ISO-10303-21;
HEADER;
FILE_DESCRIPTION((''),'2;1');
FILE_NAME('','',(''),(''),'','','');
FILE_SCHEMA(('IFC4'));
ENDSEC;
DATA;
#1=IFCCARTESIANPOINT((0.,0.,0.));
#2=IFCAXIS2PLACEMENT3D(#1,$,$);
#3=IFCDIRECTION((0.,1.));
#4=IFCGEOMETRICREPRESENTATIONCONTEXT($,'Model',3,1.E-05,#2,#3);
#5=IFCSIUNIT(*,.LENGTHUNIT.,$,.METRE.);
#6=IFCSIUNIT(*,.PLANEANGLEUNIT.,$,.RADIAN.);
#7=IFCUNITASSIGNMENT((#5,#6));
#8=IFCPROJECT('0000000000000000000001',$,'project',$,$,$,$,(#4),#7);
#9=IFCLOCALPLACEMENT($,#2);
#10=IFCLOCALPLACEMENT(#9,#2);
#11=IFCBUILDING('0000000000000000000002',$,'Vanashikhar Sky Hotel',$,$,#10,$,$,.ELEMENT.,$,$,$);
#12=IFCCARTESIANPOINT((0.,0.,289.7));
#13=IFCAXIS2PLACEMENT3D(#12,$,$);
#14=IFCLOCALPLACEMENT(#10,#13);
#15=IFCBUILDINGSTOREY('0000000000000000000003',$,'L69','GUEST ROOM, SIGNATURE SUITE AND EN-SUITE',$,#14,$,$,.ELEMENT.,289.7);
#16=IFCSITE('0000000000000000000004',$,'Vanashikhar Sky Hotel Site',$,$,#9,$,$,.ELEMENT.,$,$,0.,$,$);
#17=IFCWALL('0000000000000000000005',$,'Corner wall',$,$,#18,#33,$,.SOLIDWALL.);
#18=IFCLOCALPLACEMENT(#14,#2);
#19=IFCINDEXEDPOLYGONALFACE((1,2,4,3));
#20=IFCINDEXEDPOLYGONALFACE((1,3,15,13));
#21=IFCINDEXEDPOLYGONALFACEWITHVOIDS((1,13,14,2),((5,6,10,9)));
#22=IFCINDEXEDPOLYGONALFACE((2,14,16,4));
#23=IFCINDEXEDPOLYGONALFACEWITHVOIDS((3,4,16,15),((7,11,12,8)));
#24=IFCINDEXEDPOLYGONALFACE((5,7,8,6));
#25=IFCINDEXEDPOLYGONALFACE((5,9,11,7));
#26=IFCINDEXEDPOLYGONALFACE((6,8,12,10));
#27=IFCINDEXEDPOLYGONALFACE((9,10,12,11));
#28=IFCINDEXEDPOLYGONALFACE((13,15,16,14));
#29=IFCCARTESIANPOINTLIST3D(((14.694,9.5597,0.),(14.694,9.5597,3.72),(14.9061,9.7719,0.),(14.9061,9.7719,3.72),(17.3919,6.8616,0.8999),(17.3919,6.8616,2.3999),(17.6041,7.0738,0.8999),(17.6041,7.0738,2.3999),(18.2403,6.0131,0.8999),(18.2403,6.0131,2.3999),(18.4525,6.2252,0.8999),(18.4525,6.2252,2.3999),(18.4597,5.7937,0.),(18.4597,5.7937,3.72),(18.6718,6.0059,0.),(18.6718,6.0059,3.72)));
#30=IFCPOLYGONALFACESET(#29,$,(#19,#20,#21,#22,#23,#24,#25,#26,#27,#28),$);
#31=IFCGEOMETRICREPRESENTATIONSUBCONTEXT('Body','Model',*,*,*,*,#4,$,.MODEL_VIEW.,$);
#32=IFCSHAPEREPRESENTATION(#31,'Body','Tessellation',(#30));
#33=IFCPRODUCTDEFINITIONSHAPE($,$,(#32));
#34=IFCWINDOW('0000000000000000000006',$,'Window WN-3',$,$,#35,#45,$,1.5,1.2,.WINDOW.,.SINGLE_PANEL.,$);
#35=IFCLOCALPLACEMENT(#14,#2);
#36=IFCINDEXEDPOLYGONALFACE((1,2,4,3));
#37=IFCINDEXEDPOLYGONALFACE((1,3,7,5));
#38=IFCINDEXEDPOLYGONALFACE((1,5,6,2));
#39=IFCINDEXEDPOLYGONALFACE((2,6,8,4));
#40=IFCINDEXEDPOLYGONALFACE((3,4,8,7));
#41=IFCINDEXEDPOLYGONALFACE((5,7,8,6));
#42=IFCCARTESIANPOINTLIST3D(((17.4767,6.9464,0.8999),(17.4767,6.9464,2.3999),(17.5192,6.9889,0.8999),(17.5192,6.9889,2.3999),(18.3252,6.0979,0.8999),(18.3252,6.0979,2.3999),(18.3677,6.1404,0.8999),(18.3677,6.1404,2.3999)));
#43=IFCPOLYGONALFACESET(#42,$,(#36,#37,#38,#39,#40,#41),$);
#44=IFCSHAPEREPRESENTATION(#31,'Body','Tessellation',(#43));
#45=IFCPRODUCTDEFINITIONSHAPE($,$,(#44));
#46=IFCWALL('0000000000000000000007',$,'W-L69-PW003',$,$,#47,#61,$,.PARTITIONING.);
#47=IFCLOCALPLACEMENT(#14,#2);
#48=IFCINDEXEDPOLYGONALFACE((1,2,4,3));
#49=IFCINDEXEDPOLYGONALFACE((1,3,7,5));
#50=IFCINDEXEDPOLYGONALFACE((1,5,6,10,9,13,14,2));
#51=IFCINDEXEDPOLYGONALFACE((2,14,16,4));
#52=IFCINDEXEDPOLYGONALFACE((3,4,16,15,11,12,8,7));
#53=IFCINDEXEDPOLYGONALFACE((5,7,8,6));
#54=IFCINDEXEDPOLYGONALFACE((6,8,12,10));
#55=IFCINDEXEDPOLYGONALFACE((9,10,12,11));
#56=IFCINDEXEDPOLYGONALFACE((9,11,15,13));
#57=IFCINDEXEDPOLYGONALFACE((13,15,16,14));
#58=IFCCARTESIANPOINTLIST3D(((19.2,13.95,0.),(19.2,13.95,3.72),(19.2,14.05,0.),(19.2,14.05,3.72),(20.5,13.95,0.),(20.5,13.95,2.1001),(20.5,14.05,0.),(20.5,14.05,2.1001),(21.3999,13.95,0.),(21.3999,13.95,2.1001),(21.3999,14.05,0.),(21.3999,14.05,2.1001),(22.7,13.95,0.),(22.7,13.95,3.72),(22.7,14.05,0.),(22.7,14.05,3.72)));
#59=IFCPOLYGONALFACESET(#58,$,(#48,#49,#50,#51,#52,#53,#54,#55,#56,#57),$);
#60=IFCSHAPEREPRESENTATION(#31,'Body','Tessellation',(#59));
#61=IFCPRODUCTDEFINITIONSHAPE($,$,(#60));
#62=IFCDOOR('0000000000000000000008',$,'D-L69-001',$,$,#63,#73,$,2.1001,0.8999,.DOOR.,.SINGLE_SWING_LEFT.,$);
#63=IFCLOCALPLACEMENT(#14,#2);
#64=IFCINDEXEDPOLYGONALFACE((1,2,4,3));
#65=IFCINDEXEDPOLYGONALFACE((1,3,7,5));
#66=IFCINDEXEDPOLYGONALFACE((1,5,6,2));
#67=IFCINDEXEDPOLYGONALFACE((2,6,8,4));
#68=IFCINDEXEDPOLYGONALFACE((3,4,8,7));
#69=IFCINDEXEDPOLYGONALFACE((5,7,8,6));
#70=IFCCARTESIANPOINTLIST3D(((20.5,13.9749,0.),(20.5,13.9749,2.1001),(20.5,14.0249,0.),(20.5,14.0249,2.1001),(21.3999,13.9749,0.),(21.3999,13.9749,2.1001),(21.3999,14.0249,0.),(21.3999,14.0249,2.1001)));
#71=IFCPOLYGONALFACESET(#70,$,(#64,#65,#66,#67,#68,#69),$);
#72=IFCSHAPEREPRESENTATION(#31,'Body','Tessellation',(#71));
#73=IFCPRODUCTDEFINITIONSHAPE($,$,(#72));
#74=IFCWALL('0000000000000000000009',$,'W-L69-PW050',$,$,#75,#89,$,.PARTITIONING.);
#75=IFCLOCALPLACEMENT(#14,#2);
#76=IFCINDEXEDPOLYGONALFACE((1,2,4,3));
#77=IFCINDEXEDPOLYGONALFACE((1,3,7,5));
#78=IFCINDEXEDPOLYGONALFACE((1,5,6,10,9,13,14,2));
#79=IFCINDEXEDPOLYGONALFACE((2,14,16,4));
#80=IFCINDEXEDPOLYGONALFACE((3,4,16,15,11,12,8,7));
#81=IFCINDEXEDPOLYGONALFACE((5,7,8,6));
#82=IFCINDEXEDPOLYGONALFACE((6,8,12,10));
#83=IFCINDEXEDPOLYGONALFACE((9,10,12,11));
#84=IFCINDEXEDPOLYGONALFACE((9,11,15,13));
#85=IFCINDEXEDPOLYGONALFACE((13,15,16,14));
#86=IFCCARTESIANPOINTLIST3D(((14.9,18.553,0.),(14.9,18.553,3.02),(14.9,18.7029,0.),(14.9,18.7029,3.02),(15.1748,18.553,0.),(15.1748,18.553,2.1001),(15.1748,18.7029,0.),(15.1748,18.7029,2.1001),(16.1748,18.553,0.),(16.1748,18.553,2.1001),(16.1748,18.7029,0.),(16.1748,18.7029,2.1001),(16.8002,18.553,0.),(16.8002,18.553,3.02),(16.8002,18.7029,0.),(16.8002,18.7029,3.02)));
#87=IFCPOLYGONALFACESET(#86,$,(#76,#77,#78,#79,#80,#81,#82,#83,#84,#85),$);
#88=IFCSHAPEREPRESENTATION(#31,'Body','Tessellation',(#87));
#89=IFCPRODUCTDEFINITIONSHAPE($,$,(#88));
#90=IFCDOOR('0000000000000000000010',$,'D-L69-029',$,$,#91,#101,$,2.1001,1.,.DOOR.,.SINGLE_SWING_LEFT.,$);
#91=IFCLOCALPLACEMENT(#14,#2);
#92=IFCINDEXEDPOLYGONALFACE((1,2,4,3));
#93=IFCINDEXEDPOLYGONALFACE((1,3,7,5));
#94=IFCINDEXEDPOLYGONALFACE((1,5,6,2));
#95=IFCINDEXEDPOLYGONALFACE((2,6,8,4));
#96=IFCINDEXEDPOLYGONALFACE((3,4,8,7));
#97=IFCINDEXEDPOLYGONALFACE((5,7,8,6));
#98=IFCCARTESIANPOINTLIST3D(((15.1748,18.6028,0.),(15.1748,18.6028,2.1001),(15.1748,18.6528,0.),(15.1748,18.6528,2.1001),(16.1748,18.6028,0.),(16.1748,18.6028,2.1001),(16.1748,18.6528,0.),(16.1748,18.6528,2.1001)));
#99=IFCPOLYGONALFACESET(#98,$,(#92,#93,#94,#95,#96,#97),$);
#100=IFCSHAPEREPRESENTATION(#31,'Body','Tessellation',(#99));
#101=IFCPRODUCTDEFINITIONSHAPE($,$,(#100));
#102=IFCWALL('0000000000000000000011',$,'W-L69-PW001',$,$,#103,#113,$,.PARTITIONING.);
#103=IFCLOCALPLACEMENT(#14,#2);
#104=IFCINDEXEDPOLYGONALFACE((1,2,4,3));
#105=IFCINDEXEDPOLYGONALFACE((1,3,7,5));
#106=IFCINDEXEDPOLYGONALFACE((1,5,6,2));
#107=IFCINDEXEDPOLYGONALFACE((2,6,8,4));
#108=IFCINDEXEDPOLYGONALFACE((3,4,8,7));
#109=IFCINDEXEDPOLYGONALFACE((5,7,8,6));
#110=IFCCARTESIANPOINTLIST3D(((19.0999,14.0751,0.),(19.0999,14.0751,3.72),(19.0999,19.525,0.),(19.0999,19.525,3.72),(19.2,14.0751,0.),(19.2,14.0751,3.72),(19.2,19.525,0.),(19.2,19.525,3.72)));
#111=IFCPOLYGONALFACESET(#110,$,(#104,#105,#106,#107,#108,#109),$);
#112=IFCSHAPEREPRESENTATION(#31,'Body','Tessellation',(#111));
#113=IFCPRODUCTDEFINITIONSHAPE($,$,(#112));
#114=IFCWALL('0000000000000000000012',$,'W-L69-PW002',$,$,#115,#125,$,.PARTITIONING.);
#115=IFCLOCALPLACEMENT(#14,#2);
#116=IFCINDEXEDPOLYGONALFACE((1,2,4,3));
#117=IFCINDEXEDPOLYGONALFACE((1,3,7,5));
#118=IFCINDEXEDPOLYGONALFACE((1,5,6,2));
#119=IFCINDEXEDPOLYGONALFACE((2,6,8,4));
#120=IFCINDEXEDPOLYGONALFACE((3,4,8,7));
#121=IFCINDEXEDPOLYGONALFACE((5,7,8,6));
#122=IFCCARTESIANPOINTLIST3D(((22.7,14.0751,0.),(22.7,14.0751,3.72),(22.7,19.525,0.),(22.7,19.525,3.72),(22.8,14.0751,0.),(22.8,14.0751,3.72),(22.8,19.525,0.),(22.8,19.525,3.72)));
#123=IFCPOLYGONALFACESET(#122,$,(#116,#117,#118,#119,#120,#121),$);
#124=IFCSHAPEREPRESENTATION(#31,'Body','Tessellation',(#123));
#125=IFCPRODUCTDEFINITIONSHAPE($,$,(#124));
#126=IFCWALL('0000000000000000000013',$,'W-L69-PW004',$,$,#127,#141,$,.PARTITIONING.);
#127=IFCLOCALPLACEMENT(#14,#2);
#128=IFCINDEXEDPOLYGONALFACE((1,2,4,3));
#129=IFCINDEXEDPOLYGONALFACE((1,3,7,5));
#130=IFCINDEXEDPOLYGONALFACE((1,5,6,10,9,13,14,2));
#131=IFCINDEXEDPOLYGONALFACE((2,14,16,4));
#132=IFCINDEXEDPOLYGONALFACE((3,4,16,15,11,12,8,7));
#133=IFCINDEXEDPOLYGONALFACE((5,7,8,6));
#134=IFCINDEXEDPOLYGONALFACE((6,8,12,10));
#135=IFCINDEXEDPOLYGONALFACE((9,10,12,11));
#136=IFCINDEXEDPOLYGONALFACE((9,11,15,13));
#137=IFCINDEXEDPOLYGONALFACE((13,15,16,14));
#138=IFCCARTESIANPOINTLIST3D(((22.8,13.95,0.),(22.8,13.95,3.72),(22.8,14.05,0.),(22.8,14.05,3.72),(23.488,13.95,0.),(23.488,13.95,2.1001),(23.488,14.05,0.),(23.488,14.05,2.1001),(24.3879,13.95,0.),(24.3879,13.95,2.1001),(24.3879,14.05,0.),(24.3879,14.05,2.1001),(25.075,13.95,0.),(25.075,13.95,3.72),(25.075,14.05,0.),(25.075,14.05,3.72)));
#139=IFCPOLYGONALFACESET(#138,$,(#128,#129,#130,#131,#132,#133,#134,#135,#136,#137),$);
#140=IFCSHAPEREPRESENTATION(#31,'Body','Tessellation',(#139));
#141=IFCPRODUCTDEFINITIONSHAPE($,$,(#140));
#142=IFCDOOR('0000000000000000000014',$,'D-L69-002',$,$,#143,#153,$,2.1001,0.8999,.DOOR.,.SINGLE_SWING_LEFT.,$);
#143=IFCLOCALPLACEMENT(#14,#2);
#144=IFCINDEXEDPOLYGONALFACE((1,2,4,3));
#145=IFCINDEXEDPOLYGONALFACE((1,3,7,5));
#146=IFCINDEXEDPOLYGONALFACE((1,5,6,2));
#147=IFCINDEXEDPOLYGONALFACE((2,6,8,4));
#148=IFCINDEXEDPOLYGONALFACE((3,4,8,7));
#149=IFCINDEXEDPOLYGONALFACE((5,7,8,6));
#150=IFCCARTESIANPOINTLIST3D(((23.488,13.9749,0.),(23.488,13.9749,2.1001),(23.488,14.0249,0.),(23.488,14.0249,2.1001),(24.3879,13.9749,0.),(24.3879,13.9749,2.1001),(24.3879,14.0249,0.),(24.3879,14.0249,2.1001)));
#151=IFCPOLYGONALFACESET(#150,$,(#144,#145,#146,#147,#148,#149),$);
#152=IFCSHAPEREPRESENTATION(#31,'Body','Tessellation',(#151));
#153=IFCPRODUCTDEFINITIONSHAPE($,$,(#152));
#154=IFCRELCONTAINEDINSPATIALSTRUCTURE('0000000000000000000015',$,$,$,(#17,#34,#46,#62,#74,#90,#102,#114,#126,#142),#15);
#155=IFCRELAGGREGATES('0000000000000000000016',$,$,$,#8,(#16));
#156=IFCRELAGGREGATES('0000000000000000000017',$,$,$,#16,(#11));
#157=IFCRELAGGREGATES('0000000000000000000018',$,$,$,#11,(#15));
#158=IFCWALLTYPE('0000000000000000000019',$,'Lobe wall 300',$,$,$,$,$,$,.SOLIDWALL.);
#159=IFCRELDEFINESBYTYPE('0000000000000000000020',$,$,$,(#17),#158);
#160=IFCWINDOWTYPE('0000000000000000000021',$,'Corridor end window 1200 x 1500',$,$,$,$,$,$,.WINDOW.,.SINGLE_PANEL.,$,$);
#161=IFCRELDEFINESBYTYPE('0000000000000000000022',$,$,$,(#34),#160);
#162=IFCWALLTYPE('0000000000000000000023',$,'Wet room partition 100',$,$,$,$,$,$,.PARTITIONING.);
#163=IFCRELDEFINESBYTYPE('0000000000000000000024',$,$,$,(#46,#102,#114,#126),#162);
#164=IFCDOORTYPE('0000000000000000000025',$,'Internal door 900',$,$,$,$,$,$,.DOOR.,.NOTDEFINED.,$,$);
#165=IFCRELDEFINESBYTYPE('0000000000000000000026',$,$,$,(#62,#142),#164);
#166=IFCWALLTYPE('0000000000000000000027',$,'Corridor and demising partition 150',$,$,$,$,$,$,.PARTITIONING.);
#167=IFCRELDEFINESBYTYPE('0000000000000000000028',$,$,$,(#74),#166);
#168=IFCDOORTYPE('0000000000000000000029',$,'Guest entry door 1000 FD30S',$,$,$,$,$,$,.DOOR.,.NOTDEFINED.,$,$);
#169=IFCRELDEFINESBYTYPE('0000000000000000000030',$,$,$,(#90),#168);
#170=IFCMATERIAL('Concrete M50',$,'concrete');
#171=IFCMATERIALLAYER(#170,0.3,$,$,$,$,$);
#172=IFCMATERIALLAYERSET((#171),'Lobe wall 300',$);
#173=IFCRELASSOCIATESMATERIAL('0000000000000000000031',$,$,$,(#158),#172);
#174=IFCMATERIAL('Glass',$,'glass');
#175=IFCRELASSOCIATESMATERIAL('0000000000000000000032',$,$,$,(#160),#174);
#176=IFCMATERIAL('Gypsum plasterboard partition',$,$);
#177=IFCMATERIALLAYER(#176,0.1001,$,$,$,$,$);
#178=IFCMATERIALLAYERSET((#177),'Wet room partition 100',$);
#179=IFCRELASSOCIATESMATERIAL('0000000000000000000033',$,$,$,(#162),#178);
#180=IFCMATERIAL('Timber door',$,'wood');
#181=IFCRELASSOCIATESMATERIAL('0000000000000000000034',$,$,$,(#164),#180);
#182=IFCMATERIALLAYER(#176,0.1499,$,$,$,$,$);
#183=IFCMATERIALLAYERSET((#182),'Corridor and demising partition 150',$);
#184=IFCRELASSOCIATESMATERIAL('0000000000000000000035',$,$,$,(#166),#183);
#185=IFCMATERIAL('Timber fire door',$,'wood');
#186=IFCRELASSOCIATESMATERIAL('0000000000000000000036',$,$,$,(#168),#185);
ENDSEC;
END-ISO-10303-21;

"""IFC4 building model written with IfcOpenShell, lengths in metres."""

from ifc_helpers import new_model, si_unit, direction, frame, frame_2d, origin, place, context, subcontext, project, spatial, rectangle, extrude, source, transform, mapped, material, layer, layer_set, type_object, element, fill, save


model = new_model("IFC4")

# Units and contexts
model_context = context("Model", 3, precision=1e-05, world=origin(), true_north=direction((0.0, 1.0)))
body_context = subcontext(model_context, "Body", "Model", "MODEL_VIEW")
ifc_project = project(units=[si_unit("LENGTHUNIT", "METRE"), si_unit("PLANEANGLEUNIT", "RADIAN")], contexts=[model_context])

# Site, building, storey
site_placement = place(None, origin())
site = spatial("IfcSite", under=ifc_project, at=site_placement, Name="Vanashikhar Sky Hotel Site", CompositionType="ELEMENT", RefElevation=0.0)
building_placement = place(site_placement, origin())
building = spatial("IfcBuilding", under=site, at=building_placement, Name="Vanashikhar Sky Hotel", CompositionType="ELEMENT")
storey_placement = place(building_placement, frame((0.0, 0.0, 289.7)))
storey = spatial("IfcBuildingStorey", under=building, at=storey_placement, Name="L69", Description="GUEST ROOM, SIGNATURE SUITE AND EN-SUITE", CompositionType="ELEMENT", Elevation=289.7)

# Shared definitions
ifc_material_1 = material(Name="Concrete M50", Category="concrete")

# Shared definitions
ifc_material_2 = material(Name="Glass", Category="glass")

# Wall, opening, window
ifc_layer_1 = layer(ifc_material_1, 0.3)
ifc_layer_set_1 = layer_set([ifc_layer_1], Name="Lobe wall 300")
wall_type_1 = type_object("IfcWallType", Name="Lobe wall 300", PredefinedType="SOLIDWALL", material=ifc_layer_set_1)
shared_shape_1 = source(origin(), body_context, "Body", "SweptSolid", [
    extrude(rectangle(XDim=5.3257, YDim=0.3, at=frame_2d((2.6628, 0.0))), origin(), (0.0, 0.0, 1.0), 3.72),
])
wall_1_placement = place(storey_placement, frame((14.8, 9.6658, 0.0), z_axis=(0.0, 0.0, 1.0), x_axis=(0.707084, -0.70713, 0.0)))
wall_1 = element("IfcWall", 1, at=wall_1_placement, inside=storey, type_object=wall_type_1, Name="Corner wall", PredefinedType="SOLIDWALL", context=body_context, shape_type="MappedRepresentation", body=[
    mapped(shared_shape_1, transform((0.0, 0.0, 0.0), scale=1.0)),
])
shared_shape_2 = source(origin(), body_context, "Body", "SweptSolid", [
    extrude(rectangle(XDim=1.2, YDim=1.5, at=frame_2d((0.6001, 0.75))), frame((0.0, 0.1602, 0.0), z_axis=(0.0, -1.0, 0.0), x_axis=(1.0, 0.0, 0.0)), (0.0, 0.0, 1.0), 0.3201),
])
opening_1_placement = place(wall_1_placement, frame((3.8154, 0.0, 0.8999)))
opening_1 = element("IfcOpeningElement", 2, at=opening_1_placement, cuts=wall_1, PredefinedType="OPENING", context=body_context, shape_type="MappedRepresentation", body=[
    mapped(shared_shape_2, transform((0.0, 0.0, 0.0), scale=1.0)),
])
window_type_1 = type_object("IfcWindowType", Name="Corridor end window 1200 x 1500", PartitioningType="SINGLE_PANEL", PredefinedType="WINDOW", material=ifc_material_2)
shared_shape_3 = source(origin(), body_context, "Body", "SweptSolid", [
    extrude(rectangle(XDim=1.2, YDim=1.5, at=frame_2d((0.6001, 0.75))), frame((0.0, 0.03, 0.0), z_axis=(0.0, -1.0, 0.0), x_axis=(1.0, 0.0, 0.0)), (0.0, 0.0, 1.0), 0.0601),
])
window_1_placement = place(opening_1_placement, origin())
window_1 = element("IfcWindow", 3, at=window_1_placement, inside=storey, type_object=window_type_1, Name="Window WN-3", OverallHeight=1.5, OverallWidth=1.2, PartitioningType="SINGLE_PANEL", PredefinedType="WINDOW", context=body_context, shape_type="MappedRepresentation", body=[
    mapped(shared_shape_3, transform((0.0, 0.0, 0.0), scale=1.0)),
])
fill(opening_1, window_1)

# Walls, openings, doors
ifc_material_3 = material(Name="Gypsum plasterboard partition")
ifc_layer_2 = layer(ifc_material_3, 0.1001)
ifc_layer_set_2 = layer_set([ifc_layer_2], Name="Wet room partition 100")
wall_type_2 = type_object("IfcWallType", Name="Wet room partition 100", PredefinedType="PARTITIONING", material=ifc_layer_set_2)
shared_shape_4 = source(origin(), body_context, "Body", "SweptSolid", [
    extrude(rectangle(XDim=3.5, YDim=0.1001, at=frame_2d((1.75, 0.0))), origin(), (0.0, 0.0, 1.0), 3.72),
])
wall_2_placement = place(storey_placement, frame((19.2, 14.0, 0.0), z_axis=(0.0, 0.0, 1.0), x_axis=(1.0, 0.0, 0.0)))
wall_2 = element("IfcWall", 4, at=wall_2_placement, inside=storey, type_object=wall_type_2, Name="W-L69-PW003", PredefinedType="PARTITIONING", context=body_context, shape_type="MappedRepresentation", body=[
    mapped(shared_shape_4, transform((0.0, 0.0, 0.0), scale=1.0)),
])
shared_shape_5 = source(origin(), body_context, "Body", "SweptSolid", [
    extrude(rectangle(XDim=0.8999, YDim=2.1001, at=frame_2d((0.45, 1.05))), frame((0.0, 0.0601, 0.0), z_axis=(0.0, -1.0, 0.0), x_axis=(1.0, 0.0, 0.0)), (0.0, 0.0, 1.0), 0.1201),
])
opening_2_placement = place(wall_2_placement, frame((1.3, 0.0, 0.0)))
opening_2 = element("IfcOpeningElement", 5, at=opening_2_placement, cuts=wall_2, PredefinedType="OPENING", context=body_context, shape_type="MappedRepresentation", body=[
    mapped(shared_shape_5, transform((0.0, 0.0, 0.0), scale=1.0)),
])
ifc_material_4 = material(Name="Timber door", Category="wood")
door_type_1 = type_object("IfcDoorType", Name="Internal door 900", OperationType="NOTDEFINED", PredefinedType="DOOR", material=ifc_material_4)
shared_shape_6 = source(origin(), body_context, "Body", "SweptSolid", [
    extrude(rectangle(XDim=0.8999, YDim=2.1001, at=frame_2d((0.45, 1.05))), frame((0.0, 0.0249, 0.0), z_axis=(0.0, -1.0, 0.0), x_axis=(1.0, 0.0, 0.0)), (0.0, 0.0, 1.0), 0.05),
])
door_1_placement = place(opening_2_placement, origin())
door_1 = element("IfcDoor", 6, at=door_1_placement, inside=storey, type_object=door_type_1, Name="D-L69-001", OperationType="SINGLE_SWING_LEFT", OverallHeight=2.1001, OverallWidth=0.8999, PredefinedType="DOOR", context=body_context, shape_type="MappedRepresentation", body=[
    mapped(shared_shape_6, transform((0.0, 0.0, 0.0), scale=1.0)),
])
fill(opening_2, door_1)
ifc_layer_3 = layer(ifc_material_3, 0.1499)
ifc_layer_set_3 = layer_set([ifc_layer_3], Name="Corridor and demising partition 150")
wall_type_3 = type_object("IfcWallType", Name="Corridor and demising partition 150", PredefinedType="PARTITIONING", material=ifc_layer_set_3)
shared_shape_7 = source(origin(), body_context, "Body", "SweptSolid", [
    extrude(rectangle(XDim=1.9001, YDim=0.1499, at=frame_2d((0.9502, 0.0))), origin(), (0.0, 0.0, 1.0), 3.02),
])
wall_3_placement = place(storey_placement, frame((14.8999, 18.6279, 0.0), z_axis=(0.0, 0.0, 1.0), x_axis=(1.0, 0.0, 0.0)))
wall_3 = element("IfcWall", 7, at=wall_3_placement, inside=storey, type_object=wall_type_3, Name="W-L69-PW050", PredefinedType="PARTITIONING", context=body_context, shape_type="MappedRepresentation", body=[
    mapped(shared_shape_7, transform((0.0, 0.0, 0.0), scale=1.0)),
])
shared_shape_8 = source(origin(), body_context, "Body", "SweptSolid", [
    extrude(rectangle(XDim=1.0, YDim=2.1001, at=frame_2d((0.5, 1.05))), frame((0.0, 0.085, 0.0), z_axis=(0.0, -1.0, 0.0), x_axis=(1.0, 0.0, 0.0)), (0.0, 0.0, 1.0), 0.1699),
])
opening_3_placement = place(wall_3_placement, frame((0.2749, 0.0, 0.0)))
opening_3 = element("IfcOpeningElement", 8, at=opening_3_placement, cuts=wall_3, PredefinedType="OPENING", context=body_context, shape_type="MappedRepresentation", body=[
    mapped(shared_shape_8, transform((0.0, 0.0, 0.0), scale=1.0)),
])
ifc_material_5 = material(Name="Timber fire door", Category="wood")
door_type_2 = type_object("IfcDoorType", Name="Guest entry door 1000 FD30S", OperationType="NOTDEFINED", PredefinedType="DOOR", material=ifc_material_5)
shared_shape_9 = source(origin(), body_context, "Body", "SweptSolid", [
    extrude(rectangle(XDim=1.0, YDim=2.1001, at=frame_2d((0.5, 1.05))), frame((0.0, 0.0249, 0.0), z_axis=(0.0, -1.0, 0.0), x_axis=(1.0, 0.0, 0.0)), (0.0, 0.0, 1.0), 0.05),
])
door_2_placement = place(opening_3_placement, origin())
door_2 = element("IfcDoor", 9, at=door_2_placement, inside=storey, type_object=door_type_2, Name="D-L69-029", OperationType="SINGLE_SWING_LEFT", OverallHeight=2.1001, OverallWidth=1.0, PredefinedType="DOOR", context=body_context, shape_type="MappedRepresentation", body=[
    mapped(shared_shape_9, transform((0.0, 0.0, 0.0), scale=1.0)),
])
fill(opening_3, door_2)

# Walls
shared_shape_10 = source(origin(), body_context, "Body", "SweptSolid", [
    extrude(rectangle(XDim=5.45, YDim=0.1001, at=frame_2d((2.7251, 0.0))), origin(), (0.0, 0.0, 1.0), 3.72),
])
for number, where, z_axis, x_axis, name in (
    (10, (19.1499, 14.075, 0.0), (0.0, 0.0, 1.0), (0.0, 1.0, 0.0), "W-L69-PW001"),
    (11, (22.75, 14.075, 0.0), (0.0, 0.0, 1.0), (0.0, 1.0, 0.0), "W-L69-PW002"),
):
    element("IfcWall", number, at=place(storey_placement, frame(where, z_axis=z_axis, x_axis=x_axis)), inside=storey, type_object=wall_type_2, Name=name, PredefinedType="PARTITIONING", context=body_context, shape_type="MappedRepresentation", body=[
        mapped(shared_shape_10, transform((0.0, 0.0, 0.0), scale=1.0)),
    ])

# Wall, opening, door
shared_shape_11 = source(origin(), body_context, "Body", "SweptSolid", [
    extrude(rectangle(XDim=2.2749, YDim=0.1001, at=frame_2d((1.1375, 0.0))), origin(), (0.0, 0.0, 1.0), 3.72),
])
wall_4_placement = place(storey_placement, frame((22.8, 14.0, 0.0), z_axis=(0.0, 0.0, 1.0), x_axis=(1.0, 0.0, 0.0)))
wall_4 = element("IfcWall", 12, at=wall_4_placement, inside=storey, type_object=wall_type_2, Name="W-L69-PW004", PredefinedType="PARTITIONING", context=body_context, shape_type="MappedRepresentation", body=[
    mapped(shared_shape_11, transform((0.0, 0.0, 0.0), scale=1.0)),
])
opening_4_placement = place(wall_4_placement, frame((0.688, 0.0, 0.0)))
opening_4 = element("IfcOpeningElement", 13, at=opening_4_placement, cuts=wall_4, PredefinedType="OPENING", context=body_context, shape_type="MappedRepresentation", body=[
    mapped(shared_shape_5, transform((0.0, 0.0, 0.0), scale=1.0)),
])
door_3_placement = place(opening_4_placement, origin())
door_3 = element("IfcDoor", 14, at=door_3_placement, inside=storey, type_object=door_type_1, Name="D-L69-002", OperationType="SINGLE_SWING_LEFT", OverallHeight=2.1001, OverallWidth=0.8999, PredefinedType="DOOR", context=body_context, shape_type="MappedRepresentation", body=[
    mapped(shared_shape_6, transform((0.0, 0.0, 0.0), scale=1.0)),
])
fill(opening_4, door_3)

save(model, "model.ifc")
